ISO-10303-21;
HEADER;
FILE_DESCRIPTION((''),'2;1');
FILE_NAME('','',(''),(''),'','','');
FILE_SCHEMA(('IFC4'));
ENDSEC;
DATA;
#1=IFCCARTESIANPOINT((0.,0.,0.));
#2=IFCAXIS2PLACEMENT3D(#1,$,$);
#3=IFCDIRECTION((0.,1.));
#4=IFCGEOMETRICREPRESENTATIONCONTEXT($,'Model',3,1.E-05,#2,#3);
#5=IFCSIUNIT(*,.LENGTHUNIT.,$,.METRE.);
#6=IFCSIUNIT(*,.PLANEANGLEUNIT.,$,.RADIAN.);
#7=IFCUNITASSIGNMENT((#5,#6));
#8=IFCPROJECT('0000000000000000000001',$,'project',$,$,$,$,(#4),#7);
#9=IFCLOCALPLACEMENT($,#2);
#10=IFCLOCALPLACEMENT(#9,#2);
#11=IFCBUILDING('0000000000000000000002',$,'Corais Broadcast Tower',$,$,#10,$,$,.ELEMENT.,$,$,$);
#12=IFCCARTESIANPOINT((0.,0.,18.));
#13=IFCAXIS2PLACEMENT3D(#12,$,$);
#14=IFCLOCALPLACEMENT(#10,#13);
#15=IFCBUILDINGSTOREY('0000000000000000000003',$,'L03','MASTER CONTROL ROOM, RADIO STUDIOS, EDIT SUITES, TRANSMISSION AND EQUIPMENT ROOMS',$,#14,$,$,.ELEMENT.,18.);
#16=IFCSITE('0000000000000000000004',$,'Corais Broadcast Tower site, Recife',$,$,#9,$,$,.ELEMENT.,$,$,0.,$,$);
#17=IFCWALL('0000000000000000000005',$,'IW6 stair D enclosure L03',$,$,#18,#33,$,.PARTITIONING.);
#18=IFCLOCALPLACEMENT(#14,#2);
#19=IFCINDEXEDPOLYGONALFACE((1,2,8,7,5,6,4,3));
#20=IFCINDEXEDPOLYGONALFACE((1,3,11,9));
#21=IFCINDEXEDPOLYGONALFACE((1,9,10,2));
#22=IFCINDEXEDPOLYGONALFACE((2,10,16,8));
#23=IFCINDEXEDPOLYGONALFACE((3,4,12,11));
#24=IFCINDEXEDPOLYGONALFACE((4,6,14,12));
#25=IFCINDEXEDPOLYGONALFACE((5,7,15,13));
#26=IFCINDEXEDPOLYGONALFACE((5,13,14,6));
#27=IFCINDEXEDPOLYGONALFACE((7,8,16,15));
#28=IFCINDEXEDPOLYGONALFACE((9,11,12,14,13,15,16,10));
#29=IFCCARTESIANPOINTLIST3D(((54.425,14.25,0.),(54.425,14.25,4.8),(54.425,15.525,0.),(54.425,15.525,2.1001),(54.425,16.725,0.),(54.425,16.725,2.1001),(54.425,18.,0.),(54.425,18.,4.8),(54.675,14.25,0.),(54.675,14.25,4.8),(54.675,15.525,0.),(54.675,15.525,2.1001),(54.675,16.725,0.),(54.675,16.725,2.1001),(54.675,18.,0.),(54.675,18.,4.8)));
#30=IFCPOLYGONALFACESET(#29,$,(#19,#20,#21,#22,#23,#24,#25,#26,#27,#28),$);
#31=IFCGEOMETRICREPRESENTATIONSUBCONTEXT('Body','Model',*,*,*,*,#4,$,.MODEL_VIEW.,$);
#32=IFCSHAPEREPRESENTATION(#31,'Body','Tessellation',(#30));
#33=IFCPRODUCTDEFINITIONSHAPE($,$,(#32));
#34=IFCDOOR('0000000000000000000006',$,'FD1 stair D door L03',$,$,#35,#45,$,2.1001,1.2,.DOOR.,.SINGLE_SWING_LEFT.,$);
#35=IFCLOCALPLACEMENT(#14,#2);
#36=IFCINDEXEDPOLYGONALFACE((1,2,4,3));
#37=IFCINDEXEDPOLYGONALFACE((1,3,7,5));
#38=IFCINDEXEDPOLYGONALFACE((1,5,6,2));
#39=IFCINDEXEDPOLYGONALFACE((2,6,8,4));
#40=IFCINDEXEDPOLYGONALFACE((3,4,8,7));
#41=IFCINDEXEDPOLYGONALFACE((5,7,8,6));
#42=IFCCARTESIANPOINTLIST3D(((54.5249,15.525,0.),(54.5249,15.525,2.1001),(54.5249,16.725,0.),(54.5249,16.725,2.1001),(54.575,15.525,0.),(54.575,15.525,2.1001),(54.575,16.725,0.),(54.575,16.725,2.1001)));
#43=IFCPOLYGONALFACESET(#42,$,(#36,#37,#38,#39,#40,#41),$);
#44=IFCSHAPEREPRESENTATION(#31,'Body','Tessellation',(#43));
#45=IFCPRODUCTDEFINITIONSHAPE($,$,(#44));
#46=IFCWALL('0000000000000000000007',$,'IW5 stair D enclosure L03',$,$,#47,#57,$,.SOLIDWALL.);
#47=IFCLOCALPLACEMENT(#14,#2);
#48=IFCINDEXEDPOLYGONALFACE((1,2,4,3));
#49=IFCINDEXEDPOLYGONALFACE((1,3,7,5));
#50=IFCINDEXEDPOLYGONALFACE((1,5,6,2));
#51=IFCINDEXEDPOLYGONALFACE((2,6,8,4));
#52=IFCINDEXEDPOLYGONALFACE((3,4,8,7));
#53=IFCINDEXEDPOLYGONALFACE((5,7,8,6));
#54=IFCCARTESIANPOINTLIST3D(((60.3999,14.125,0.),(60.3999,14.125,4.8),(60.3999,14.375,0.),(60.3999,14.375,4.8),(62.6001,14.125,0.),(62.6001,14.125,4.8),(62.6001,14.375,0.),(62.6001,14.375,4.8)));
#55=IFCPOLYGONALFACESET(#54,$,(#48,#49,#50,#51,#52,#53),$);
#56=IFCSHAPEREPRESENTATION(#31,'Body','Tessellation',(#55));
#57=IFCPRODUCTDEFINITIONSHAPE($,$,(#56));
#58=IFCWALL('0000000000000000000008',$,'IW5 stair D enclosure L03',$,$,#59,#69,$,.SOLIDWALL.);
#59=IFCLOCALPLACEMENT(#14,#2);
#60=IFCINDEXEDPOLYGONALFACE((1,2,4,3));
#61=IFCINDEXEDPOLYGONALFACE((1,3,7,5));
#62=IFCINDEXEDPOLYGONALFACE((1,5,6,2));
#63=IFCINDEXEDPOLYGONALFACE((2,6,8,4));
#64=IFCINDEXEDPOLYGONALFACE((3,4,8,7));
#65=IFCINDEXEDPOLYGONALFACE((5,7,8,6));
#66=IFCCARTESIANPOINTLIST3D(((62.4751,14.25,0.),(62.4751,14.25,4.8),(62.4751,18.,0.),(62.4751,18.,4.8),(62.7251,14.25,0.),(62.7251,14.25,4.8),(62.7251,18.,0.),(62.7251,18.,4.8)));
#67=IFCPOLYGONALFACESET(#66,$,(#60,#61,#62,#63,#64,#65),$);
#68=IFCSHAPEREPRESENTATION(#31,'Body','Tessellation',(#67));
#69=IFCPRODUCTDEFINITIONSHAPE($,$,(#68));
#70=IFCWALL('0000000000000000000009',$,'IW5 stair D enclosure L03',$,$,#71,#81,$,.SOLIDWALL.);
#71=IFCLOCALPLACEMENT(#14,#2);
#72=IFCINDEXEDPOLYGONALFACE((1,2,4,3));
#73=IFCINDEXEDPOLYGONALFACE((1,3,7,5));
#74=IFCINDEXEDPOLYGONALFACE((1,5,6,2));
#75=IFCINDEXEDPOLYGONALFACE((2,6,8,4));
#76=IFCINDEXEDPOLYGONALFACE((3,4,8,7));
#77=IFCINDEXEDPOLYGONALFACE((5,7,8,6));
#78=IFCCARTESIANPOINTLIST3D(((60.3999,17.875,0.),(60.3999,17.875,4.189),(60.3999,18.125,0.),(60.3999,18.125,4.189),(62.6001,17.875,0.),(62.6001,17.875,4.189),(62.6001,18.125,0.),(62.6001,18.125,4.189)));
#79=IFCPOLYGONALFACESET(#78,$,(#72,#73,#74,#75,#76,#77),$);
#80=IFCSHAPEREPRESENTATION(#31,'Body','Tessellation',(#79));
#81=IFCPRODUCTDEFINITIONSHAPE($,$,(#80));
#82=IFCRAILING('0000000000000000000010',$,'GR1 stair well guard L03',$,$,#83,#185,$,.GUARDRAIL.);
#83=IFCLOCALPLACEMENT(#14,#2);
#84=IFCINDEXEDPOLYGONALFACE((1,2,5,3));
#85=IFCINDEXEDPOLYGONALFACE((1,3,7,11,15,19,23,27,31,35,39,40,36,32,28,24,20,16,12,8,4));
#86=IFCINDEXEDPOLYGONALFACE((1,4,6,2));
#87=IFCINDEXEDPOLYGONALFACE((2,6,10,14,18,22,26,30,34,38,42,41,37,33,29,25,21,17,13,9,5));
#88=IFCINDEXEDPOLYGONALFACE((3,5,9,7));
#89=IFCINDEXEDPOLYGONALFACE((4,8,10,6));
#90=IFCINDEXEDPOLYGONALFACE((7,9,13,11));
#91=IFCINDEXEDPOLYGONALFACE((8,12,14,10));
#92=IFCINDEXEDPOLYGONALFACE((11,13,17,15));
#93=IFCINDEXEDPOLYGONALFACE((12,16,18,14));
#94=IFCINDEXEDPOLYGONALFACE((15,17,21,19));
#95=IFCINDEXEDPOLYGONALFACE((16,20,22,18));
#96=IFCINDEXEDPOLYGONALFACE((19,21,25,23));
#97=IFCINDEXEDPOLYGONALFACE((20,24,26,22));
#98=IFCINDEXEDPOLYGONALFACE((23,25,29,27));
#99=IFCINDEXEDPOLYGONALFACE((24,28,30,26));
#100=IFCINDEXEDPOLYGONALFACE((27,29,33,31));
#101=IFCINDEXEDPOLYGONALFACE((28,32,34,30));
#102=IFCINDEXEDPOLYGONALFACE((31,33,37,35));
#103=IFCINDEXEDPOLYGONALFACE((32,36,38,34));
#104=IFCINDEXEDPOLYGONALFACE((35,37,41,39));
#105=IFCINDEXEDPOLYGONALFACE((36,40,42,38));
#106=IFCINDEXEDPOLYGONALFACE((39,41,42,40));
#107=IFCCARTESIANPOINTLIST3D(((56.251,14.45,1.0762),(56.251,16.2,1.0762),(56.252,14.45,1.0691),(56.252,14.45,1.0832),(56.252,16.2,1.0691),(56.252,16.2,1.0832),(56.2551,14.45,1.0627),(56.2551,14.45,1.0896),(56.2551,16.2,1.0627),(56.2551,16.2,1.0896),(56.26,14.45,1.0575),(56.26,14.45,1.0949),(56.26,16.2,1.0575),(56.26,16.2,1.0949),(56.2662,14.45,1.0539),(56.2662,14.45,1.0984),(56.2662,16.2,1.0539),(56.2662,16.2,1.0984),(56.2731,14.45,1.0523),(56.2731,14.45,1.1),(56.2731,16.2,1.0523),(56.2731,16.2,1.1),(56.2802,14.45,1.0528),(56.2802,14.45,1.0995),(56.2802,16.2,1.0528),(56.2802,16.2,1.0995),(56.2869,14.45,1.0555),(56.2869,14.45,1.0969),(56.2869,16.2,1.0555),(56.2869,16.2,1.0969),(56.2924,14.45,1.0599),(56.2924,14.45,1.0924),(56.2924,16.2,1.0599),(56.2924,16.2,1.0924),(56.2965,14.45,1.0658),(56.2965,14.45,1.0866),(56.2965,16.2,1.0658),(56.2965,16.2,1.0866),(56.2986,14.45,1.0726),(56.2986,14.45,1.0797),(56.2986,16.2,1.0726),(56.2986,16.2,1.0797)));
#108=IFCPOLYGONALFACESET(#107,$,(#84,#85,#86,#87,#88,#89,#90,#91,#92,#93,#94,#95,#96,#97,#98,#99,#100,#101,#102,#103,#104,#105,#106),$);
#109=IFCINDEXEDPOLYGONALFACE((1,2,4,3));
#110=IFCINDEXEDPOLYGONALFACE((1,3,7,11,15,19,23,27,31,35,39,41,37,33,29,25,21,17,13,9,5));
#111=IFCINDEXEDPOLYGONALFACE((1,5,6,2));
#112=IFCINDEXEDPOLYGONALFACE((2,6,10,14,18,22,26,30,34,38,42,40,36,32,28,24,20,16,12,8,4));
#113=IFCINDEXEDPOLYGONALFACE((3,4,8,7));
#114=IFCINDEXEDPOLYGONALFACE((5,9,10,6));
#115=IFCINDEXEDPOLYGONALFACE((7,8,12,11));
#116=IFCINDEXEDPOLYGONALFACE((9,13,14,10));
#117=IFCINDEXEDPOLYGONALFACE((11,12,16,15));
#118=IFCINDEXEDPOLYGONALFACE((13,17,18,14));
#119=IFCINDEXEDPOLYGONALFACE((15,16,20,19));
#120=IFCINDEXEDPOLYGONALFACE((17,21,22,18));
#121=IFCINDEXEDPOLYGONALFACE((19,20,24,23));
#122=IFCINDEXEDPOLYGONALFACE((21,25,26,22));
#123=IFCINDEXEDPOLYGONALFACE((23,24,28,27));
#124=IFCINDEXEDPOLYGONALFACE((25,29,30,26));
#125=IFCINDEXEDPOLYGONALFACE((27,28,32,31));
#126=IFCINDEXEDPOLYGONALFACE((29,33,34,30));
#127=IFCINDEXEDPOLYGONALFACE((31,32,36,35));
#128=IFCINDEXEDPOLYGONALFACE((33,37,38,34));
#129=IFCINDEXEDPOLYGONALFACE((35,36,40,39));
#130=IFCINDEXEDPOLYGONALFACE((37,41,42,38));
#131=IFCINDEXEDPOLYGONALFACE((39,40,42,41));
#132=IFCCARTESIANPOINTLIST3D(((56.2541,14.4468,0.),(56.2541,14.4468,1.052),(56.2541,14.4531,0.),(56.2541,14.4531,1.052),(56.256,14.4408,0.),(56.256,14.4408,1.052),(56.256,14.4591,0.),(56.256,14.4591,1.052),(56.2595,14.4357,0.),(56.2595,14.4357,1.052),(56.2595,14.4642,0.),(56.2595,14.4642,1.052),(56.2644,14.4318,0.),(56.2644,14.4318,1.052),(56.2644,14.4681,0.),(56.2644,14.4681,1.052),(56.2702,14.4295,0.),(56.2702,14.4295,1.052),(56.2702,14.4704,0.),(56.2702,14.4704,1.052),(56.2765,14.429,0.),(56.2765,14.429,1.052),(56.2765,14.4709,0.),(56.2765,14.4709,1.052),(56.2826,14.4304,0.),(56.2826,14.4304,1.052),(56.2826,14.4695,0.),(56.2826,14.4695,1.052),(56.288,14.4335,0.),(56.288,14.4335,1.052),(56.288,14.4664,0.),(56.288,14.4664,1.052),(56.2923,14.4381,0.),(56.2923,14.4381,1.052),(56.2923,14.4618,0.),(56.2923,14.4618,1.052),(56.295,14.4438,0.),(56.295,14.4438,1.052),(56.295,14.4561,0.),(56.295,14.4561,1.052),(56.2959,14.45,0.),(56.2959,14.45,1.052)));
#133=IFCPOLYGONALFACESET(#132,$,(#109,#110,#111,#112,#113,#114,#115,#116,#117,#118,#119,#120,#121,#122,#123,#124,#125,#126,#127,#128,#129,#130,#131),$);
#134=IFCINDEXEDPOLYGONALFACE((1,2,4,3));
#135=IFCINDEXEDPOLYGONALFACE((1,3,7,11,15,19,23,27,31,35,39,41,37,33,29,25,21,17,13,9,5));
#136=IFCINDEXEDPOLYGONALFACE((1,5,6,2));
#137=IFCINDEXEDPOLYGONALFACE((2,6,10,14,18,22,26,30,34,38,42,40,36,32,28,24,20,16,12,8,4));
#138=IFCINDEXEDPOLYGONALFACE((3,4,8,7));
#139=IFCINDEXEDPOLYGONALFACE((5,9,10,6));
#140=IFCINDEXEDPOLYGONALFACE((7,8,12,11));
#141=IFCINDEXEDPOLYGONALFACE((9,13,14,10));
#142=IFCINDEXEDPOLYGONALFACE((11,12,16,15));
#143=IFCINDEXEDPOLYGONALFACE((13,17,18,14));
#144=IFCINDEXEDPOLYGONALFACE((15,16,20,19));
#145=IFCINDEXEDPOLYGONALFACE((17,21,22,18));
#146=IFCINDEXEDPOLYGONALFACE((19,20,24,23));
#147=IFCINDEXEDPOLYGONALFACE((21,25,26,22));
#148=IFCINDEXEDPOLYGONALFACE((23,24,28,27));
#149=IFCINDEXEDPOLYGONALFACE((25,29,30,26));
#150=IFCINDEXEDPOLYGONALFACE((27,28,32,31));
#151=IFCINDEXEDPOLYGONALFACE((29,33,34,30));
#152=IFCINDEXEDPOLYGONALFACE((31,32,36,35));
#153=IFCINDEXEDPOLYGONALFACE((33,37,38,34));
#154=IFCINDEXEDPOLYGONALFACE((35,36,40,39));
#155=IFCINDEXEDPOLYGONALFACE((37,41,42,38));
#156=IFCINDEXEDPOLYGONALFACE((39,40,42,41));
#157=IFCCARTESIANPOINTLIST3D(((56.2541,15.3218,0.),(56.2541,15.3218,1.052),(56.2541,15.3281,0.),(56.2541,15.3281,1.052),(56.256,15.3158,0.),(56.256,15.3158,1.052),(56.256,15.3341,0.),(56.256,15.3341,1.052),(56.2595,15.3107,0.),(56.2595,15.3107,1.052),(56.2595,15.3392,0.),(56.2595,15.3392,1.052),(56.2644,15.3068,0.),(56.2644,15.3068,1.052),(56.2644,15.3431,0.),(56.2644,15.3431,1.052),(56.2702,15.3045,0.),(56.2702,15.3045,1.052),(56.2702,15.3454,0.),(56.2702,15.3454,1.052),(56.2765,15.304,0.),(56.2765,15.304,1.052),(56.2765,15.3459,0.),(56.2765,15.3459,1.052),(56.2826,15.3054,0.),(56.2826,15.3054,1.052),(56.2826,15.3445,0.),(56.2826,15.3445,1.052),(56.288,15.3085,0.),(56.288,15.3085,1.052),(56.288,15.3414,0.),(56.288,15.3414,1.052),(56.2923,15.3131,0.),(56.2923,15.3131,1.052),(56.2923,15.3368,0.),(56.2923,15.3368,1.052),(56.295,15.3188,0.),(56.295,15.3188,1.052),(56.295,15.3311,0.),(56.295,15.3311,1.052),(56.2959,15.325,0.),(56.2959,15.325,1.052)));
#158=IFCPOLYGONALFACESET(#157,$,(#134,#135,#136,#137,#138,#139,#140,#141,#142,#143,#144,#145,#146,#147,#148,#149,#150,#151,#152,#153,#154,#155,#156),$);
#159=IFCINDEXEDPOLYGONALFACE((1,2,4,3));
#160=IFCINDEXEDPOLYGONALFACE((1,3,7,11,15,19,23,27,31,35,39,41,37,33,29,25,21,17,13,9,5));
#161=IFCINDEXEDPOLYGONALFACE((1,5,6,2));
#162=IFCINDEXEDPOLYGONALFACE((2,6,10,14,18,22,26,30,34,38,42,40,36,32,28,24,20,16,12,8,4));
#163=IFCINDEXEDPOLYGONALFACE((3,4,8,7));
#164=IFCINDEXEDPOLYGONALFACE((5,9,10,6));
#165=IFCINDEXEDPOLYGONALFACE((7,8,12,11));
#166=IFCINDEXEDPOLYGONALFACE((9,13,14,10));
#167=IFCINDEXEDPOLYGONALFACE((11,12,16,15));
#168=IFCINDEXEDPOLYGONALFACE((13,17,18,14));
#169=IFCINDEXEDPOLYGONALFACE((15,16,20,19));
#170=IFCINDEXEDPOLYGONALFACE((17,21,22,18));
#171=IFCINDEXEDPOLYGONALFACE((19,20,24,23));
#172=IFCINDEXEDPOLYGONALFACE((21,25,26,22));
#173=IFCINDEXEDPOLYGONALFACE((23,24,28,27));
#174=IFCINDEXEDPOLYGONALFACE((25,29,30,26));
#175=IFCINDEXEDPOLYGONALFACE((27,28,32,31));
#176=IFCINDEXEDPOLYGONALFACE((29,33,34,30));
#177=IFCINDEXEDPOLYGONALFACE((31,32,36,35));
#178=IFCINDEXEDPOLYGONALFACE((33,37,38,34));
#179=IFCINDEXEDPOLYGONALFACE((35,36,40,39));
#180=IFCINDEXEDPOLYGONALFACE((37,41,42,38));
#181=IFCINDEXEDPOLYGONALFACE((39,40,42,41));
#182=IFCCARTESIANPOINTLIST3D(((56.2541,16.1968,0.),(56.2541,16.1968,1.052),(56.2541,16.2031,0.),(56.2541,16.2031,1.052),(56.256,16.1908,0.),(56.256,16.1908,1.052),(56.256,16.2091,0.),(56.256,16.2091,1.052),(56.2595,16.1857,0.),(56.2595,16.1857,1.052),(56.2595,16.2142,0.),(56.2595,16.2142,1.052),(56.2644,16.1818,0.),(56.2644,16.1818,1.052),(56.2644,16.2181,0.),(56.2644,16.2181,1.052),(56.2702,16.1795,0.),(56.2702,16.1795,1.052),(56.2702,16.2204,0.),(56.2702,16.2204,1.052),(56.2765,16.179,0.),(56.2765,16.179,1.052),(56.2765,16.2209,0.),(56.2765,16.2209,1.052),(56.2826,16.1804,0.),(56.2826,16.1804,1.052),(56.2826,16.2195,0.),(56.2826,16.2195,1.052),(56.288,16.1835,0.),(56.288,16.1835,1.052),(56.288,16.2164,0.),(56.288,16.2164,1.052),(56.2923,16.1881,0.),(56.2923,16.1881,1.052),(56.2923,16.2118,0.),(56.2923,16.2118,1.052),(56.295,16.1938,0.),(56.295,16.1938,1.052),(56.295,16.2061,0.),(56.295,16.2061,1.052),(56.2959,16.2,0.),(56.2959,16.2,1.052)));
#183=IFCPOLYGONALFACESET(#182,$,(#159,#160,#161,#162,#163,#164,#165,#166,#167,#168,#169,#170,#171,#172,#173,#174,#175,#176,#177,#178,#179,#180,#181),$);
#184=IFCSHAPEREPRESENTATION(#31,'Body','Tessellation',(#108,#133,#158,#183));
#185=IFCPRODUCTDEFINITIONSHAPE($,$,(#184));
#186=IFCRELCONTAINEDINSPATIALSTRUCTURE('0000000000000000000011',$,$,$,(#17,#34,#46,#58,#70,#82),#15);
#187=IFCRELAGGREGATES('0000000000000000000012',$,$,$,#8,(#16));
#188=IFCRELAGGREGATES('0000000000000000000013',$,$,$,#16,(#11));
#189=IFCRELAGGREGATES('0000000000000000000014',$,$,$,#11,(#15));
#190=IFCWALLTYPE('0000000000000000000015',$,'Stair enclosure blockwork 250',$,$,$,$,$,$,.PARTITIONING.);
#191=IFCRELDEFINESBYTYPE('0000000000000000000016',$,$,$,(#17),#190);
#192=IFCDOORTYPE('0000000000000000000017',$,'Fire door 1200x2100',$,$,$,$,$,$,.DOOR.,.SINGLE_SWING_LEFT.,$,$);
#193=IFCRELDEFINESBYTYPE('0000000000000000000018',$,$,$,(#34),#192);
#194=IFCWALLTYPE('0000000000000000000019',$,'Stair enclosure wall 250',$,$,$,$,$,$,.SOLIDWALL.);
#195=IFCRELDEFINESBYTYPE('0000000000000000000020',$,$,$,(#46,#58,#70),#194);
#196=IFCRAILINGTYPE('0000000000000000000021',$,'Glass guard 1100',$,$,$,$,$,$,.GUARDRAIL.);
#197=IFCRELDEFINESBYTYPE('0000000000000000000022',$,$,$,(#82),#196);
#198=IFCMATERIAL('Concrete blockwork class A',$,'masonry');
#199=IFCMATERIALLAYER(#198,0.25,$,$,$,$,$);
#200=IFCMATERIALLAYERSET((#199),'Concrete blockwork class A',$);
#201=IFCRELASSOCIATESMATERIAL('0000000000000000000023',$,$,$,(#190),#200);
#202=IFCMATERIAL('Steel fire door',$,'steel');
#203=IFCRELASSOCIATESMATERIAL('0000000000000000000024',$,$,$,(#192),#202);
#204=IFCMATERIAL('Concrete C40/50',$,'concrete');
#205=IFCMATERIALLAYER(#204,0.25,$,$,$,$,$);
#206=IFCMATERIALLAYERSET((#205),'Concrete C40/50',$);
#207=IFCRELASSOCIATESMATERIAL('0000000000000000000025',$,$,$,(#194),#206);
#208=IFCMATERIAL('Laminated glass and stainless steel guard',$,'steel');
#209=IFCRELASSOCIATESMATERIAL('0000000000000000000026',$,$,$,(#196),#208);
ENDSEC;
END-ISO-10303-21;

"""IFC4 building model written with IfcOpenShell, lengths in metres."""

from ifc_helpers import new_model, si_unit, direction, frame, frame_2d, origin, origin_2d, place, context, subcontext, project, spatial, rectangle, circle, extrude, material, layer, layer_set, type_object, element, fill, save


model = new_model("IFC4")

# Units and contexts
model_context = context("Model", 3, precision=1e-05, world=origin(), true_north=direction((0.0, 1.0)))
body_context = subcontext(model_context, "Body", "Model", "MODEL_VIEW")
ifc_project = project(units=[si_unit("LENGTHUNIT", "METRE"), si_unit("PLANEANGLEUNIT", "RADIAN")], contexts=[model_context])

# Site, building, storey
site_placement = place(None, origin())
site = spatial("IfcSite", under=ifc_project, at=site_placement, Name="Corais Broadcast Tower site, Recife", CompositionType="ELEMENT", RefElevation=0.0)
building_placement = place(site_placement, origin())
building = spatial("IfcBuilding", under=site, at=building_placement, Name="Corais Broadcast Tower", CompositionType="ELEMENT")
storey_placement = place(building_placement, frame((0.0, 0.0, 18.0)))
storey = spatial("IfcBuildingStorey", under=building, at=storey_placement, Name="L03", Description="MASTER CONTROL ROOM, RADIO STUDIOS, EDIT SUITES, TRANSMISSION AND EQUIPMENT ROOMS", CompositionType="ELEMENT", Elevation=18.0)

# Shared definitions
ifc_material_1 = material(Name="Concrete blockwork class A", Category="masonry")
ifc_layer_1 = layer(ifc_material_1, 0.25)
ifc_layer_set_1 = layer_set([ifc_layer_1], Name="Concrete blockwork class A")
wall_type_1 = type_object("IfcWallType", Name="Stair enclosure blockwork 250", PredefinedType="PARTITIONING", material=ifc_layer_set_1)

# Wall, opening, door
wall_1_placement = place(storey_placement, frame((54.55, 18.0, 0.0), z_axis=(0.0, 0.0, 1.0), x_axis=(0.0, -1.0, 0.0)))
wall_1 = element("IfcWall", 1, at=wall_1_placement, inside=storey, type_object=wall_type_1, Name="IW6 stair D enclosure L03", PredefinedType="PARTITIONING", context=body_context, shape_type="SweptSolid", body=[
    extrude(rectangle(XDim=3.75, YDim=0.25, at=frame_2d((1.875, 0.0))), origin(), (0.0, 0.0, 1.0), 4.8),
])
opening_placement = place(wall_1_placement, frame((1.2749, 0.0, 0.0)))
opening = element("IfcOpeningElement", 2, at=opening_placement, cuts=wall_1, PredefinedType="OPENING", context=body_context, shape_type="SweptSolid", body=[
    extrude(rectangle(XDim=1.2, YDim=2.1001, at=frame_2d((0.6001, 1.05))), frame((0.0, 0.135, 0.0), z_axis=(0.0, -1.0, 0.0), x_axis=(1.0, 0.0, 0.0)), (0.0, 0.0, 1.0), 0.27),
])
ifc_material_2 = material(Name="Steel fire door", Category="steel")
door_type = type_object("IfcDoorType", Name="Fire door 1200x2100", OperationType="SINGLE_SWING_LEFT", PredefinedType="DOOR", material=ifc_material_2)
door_placement = place(opening_placement, origin())
door = element("IfcDoor", 3, at=door_placement, inside=storey, type_object=door_type, Name="FD1 stair D door L03", OperationType="SINGLE_SWING_LEFT", OverallHeight=2.1001, OverallWidth=1.2, PredefinedType="DOOR", context=body_context, shape_type="SweptSolid", body=[
    extrude(rectangle(XDim=1.2, YDim=2.1001, at=frame_2d((0.6001, 1.05))), frame((0.0, 0.0249, 0.0), z_axis=(0.0, -1.0, 0.0), x_axis=(1.0, 0.0, 0.0)), (0.0, 0.0, 1.0), 0.05),
])
fill(opening, door)

# Walls
ifc_material_3 = material(Name="Concrete C40/50", Category="concrete")
ifc_layer_2 = layer(ifc_material_3, 0.25)
ifc_layer_set_2 = layer_set([ifc_layer_2], Name="Concrete C40/50")
wall_type_2 = type_object("IfcWallType", Name="Stair enclosure wall 250", PredefinedType="SOLIDWALL", material=ifc_layer_set_2)
wall_2_placement = place(storey_placement, frame((60.3999, 14.25, 0.0), z_axis=(0.0, 0.0, 1.0), x_axis=(1.0, 0.0, 0.0)))
element("IfcWall", 4, at=wall_2_placement, inside=storey, type_object=wall_type_2, Name="IW5 stair D enclosure L03", PredefinedType="SOLIDWALL", context=body_context, shape_type="SweptSolid", body=[
    extrude(rectangle(XDim=2.2002, YDim=0.25, at=frame_2d((1.1001, 0.0))), origin(), (0.0, 0.0, 1.0), 4.8),
])
wall_3_placement = place(storey_placement, frame((62.6001, 14.25, 0.0), z_axis=(0.0, 0.0, 1.0), x_axis=(0.0, 1.0, 0.0)))
element("IfcWall", 5, at=wall_3_placement, inside=storey, type_object=wall_type_2, Name="IW5 stair D enclosure L03", PredefinedType="SOLIDWALL", context=body_context, shape_type="SweptSolid", body=[
    extrude(rectangle(XDim=3.75, YDim=0.25, at=frame_2d((1.875, 0.0))), origin(), (0.0, 0.0, 1.0), 4.8),
])
wall_4_placement = place(storey_placement, frame((62.6001, 18.0, 0.0), z_axis=(0.0, 0.0, 1.0), x_axis=(-1.0, 0.0, 0.0)))
element("IfcWall", 6, at=wall_4_placement, inside=storey, type_object=wall_type_2, Name="IW5 stair D enclosure L03", PredefinedType="SOLIDWALL", context=body_context, shape_type="SweptSolid", body=[
    extrude(rectangle(XDim=2.2002, YDim=0.25, at=frame_2d((1.1001, 0.0))), origin(), (0.0, 0.0, 1.0), 4.189),
])

# Railing
ifc_material_4 = material(Name="Laminated glass and stainless steel guard", Category="steel")
railing_type = type_object("IfcRailingType", Name="Glass guard 1100", PredefinedType="GUARDRAIL", material=ifc_material_4)
railing_placement = place(storey_placement, frame((56.2749, 14.45, 0.0)))
element("IfcRailing", 7, at=railing_placement, inside=storey, type_object=railing_type, Name="GR1 stair well guard L03", PredefinedType="GUARDRAIL", context=body_context, shape_type="SweptSolid", body=[
    extrude(circle(Radius=0.0239, at=origin_2d()), frame((0.0, 0.0, 1.0762), z_axis=(0.0, 1.0, 0.0), x_axis=(-1.0, 0.0, 0.0)), (0.0, 0.0, 1.0), 1.75),
    extrude(circle(Radius=0.021, at=origin_2d()), origin(), (0.0, 0.0, 1.0), 1.052),
    extrude(circle(Radius=0.021, at=origin_2d()), frame((0.0, 0.875, 0.0)), (0.0, 0.0, 1.0), 1.052),
    extrude(circle(Radius=0.021, at=origin_2d()), frame((0.0, 1.75, 0.0)), (0.0, 0.0, 1.0), 1.052),
])

save(model, "model.ifc")
